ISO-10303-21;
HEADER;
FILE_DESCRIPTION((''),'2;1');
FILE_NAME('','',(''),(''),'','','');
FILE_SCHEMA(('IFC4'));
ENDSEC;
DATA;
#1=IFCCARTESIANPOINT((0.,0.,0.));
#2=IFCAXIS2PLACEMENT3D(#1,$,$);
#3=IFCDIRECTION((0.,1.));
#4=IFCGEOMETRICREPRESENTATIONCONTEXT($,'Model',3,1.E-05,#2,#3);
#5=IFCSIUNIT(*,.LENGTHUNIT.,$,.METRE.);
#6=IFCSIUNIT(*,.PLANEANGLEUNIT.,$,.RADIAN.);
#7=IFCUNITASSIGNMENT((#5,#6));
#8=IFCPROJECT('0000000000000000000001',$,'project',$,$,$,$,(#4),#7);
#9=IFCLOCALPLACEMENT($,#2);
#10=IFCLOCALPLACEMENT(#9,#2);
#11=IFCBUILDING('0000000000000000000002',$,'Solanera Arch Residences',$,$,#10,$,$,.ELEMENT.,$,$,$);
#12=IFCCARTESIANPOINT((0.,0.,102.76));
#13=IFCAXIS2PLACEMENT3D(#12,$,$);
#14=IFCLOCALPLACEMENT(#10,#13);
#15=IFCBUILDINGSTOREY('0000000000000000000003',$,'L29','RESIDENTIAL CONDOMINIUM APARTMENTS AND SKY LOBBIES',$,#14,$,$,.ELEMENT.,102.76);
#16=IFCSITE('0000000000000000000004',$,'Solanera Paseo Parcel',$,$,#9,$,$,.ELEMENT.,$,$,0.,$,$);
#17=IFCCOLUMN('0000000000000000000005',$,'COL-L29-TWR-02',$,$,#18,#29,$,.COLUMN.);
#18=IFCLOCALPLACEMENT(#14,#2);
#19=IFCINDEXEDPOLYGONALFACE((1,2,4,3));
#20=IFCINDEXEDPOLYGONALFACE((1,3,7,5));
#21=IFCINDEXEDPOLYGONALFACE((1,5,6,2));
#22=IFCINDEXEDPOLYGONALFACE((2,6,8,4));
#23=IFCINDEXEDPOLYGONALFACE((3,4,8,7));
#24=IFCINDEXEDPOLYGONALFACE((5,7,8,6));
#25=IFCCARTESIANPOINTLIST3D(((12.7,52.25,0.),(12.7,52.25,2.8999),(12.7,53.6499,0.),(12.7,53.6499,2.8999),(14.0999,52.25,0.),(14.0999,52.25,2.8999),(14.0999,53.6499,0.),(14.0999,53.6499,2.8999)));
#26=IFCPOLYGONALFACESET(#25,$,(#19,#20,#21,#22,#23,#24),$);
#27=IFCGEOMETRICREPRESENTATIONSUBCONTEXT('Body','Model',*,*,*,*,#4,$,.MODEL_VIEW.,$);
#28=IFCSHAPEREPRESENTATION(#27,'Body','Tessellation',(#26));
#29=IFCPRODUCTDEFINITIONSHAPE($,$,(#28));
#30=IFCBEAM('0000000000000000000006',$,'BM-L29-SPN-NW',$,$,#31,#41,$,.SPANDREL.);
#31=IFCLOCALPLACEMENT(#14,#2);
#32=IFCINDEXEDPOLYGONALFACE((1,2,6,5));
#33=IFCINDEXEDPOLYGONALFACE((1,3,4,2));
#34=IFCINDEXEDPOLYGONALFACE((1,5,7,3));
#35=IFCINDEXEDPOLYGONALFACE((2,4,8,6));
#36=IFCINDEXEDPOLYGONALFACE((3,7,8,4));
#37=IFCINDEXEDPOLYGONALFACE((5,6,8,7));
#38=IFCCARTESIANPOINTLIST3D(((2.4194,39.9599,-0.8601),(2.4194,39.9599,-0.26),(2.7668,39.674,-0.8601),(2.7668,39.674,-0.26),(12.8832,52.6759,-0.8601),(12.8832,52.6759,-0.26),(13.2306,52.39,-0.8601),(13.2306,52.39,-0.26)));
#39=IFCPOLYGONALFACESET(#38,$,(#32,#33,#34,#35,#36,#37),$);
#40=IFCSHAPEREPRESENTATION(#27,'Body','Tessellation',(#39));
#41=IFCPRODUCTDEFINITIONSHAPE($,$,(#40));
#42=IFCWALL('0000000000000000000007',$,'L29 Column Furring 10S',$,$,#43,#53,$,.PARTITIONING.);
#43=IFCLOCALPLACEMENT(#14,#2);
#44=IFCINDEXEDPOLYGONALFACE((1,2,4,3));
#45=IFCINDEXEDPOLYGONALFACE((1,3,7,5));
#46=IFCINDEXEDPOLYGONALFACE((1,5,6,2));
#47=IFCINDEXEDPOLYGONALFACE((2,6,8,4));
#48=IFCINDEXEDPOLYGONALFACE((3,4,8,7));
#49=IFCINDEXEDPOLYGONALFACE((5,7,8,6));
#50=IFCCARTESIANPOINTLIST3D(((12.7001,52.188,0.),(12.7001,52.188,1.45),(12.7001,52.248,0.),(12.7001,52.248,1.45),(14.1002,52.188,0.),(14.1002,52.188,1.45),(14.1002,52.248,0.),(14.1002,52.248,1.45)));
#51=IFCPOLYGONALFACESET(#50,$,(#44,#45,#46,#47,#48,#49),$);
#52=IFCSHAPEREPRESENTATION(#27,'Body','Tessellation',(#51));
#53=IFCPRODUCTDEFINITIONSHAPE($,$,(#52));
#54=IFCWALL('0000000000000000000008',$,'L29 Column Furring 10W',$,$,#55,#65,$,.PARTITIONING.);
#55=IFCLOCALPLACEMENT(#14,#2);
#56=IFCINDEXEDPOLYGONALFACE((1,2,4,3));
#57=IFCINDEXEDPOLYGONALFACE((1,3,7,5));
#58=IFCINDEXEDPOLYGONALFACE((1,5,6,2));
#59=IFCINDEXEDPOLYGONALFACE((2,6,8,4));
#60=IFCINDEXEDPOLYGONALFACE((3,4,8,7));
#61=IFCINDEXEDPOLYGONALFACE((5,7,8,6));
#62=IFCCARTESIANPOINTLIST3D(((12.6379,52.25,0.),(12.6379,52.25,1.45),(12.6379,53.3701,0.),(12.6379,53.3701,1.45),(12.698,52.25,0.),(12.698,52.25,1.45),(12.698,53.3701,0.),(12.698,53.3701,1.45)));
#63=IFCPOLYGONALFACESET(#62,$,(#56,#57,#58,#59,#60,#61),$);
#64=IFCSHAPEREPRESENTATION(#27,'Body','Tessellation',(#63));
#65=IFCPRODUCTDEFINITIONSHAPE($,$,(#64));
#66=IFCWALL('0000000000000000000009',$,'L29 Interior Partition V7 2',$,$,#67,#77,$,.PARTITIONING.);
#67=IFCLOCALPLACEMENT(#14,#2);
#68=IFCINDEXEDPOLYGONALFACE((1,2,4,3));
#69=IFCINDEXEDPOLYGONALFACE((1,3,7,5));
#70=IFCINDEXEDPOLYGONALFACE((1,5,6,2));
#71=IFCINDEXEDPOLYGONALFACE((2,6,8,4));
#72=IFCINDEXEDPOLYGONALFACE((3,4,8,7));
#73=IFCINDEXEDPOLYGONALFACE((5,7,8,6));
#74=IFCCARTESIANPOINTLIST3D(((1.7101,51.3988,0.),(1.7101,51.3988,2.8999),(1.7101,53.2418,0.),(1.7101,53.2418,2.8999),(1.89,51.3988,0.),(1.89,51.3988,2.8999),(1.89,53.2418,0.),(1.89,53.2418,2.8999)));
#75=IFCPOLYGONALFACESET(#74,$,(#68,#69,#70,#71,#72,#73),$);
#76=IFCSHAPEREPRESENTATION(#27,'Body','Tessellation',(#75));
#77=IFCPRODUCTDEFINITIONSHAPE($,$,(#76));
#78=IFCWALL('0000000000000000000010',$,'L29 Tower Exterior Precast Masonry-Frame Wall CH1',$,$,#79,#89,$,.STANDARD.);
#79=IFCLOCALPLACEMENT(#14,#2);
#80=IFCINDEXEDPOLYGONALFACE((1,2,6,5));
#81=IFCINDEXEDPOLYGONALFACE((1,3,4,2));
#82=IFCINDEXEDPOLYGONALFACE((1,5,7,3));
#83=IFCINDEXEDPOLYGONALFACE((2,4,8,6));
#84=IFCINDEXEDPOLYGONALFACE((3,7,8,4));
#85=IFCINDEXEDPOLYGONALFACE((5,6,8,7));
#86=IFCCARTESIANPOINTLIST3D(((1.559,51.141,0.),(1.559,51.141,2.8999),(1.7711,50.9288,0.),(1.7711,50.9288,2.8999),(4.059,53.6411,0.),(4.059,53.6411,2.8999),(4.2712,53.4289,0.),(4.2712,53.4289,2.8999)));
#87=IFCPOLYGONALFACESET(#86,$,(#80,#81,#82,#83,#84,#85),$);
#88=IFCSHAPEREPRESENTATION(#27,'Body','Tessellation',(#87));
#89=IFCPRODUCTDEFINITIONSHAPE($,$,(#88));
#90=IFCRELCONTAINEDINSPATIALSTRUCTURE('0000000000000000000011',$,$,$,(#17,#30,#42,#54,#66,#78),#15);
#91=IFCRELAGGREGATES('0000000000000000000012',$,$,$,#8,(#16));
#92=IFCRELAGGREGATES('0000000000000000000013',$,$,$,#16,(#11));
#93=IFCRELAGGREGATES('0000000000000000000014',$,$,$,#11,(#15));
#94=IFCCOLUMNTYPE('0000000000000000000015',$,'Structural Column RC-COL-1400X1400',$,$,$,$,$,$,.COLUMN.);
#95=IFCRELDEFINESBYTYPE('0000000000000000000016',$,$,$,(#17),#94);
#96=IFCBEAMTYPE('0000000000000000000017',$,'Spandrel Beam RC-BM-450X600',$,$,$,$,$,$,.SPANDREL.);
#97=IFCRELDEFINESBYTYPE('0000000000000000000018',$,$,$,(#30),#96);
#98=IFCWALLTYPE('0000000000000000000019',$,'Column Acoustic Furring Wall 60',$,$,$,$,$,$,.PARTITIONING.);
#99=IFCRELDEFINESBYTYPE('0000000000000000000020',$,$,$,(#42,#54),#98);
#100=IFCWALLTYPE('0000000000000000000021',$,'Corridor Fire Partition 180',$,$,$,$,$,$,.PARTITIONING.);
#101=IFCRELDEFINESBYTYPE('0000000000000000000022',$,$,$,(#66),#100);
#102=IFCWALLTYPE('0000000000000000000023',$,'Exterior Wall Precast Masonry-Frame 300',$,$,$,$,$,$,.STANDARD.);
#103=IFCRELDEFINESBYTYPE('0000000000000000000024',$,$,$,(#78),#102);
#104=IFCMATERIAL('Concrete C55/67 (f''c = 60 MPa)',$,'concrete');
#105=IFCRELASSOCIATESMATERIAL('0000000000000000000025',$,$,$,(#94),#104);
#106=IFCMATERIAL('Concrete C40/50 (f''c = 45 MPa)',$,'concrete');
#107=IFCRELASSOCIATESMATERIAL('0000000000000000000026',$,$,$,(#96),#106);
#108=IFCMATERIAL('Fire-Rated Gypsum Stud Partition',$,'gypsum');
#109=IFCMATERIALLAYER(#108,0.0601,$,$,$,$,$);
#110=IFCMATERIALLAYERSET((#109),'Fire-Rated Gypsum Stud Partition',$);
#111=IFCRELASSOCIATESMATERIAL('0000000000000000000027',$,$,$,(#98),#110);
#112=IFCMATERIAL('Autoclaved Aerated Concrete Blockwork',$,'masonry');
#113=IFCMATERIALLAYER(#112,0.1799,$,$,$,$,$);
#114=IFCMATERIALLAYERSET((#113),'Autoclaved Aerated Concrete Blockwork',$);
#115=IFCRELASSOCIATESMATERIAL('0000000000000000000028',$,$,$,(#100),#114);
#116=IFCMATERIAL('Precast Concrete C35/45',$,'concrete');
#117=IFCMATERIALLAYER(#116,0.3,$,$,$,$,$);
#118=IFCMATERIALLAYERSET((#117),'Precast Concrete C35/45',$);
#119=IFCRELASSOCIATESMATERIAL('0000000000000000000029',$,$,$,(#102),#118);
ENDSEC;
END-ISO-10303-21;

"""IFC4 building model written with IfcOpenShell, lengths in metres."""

from ifc_helpers import new_model, si_unit, direction, frame, frame_2d, origin, origin_2d, place, context, subcontext, project, spatial, rectangle, extrude, material, layer, layer_set, material_profile, profile_set, type_object, element, save


model = new_model("IFC4")

# Units and contexts
model_context = context("Model", 3, precision=1e-05, world=origin(), true_north=direction((0.0, 1.0)))
body_context = subcontext(model_context, "Body", "Model", "MODEL_VIEW")
ifc_project = project(units=[si_unit("LENGTHUNIT", "METRE"), si_unit("PLANEANGLEUNIT", "RADIAN")], contexts=[model_context])

# Site, building, storey
site_placement = place(None, origin())
site = spatial("IfcSite", under=ifc_project, at=site_placement, Name="Solanera Paseo Parcel", CompositionType="ELEMENT", RefElevation=0.0)
building_placement = place(site_placement, origin())
building = spatial("IfcBuilding", under=site, at=building_placement, Name="Solanera Arch Residences", CompositionType="ELEMENT")
storey_placement = place(building_placement, frame((0.0, 0.0, 102.76)))
storey = spatial("IfcBuildingStorey", under=building, at=storey_placement, Name="L29", Description="RESIDENTIAL CONDOMINIUM APARTMENTS AND SKY LOBBIES", CompositionType="ELEMENT", Elevation=102.76)

# Column
ifc_material_1 = material(Name="Concrete C55/67 (f'c = 60 MPa)", Category="concrete")
ifc_material_profile_1 = material_profile(ifc_material_1, rectangle(XDim=1.3999, YDim=1.3999, at=origin_2d()))
ifc_profile_set_1 = profile_set([ifc_material_profile_1], Name="Concrete C55/67 (f'c = 60 MPa)")
column_type = type_object("IfcColumnType", Name="Structural Column RC-COL-1400X1400", PredefinedType="COLUMN", material=ifc_profile_set_1)
column_placement = place(storey_placement, frame((13.3999, 52.95, 0.0), z_axis=(0.0, 0.0, 1.0), x_axis=(1.0, 0.0, 0.0)))
element("IfcColumn", 1, at=column_placement, inside=storey, type_object=column_type, Name="COL-L29-TWR-02", PredefinedType="COLUMN", context=body_context, shape_type="SweptSolid", body=[
    extrude(rectangle(XDim=1.3999, YDim=1.3999, at=origin_2d()), origin(), (0.0, 0.0, 1.0), 2.8999),
])

# Beam
ifc_material_2 = material(Name="Concrete C40/50 (f'c = 45 MPa)", Category="concrete")
ifc_material_profile_2 = material_profile(ifc_material_2, rectangle(XDim=0.45, YDim=0.6001, at=origin_2d()))
ifc_profile_set_2 = profile_set([ifc_material_profile_2], Name="Concrete C40/50 (f'c = 45 MPa)")
beam_type = type_object("IfcBeamType", Name="Spandrel Beam RC-BM-450X600", PredefinedType="SPANDREL", material=ifc_profile_set_2)
beam_placement = place(storey_placement, frame((13.0569, 52.533, -0.5601), z_axis=(-0.635411, -0.772174, 0.0), x_axis=(0.772174, -0.635411, 0.0)))
element("IfcBeam", 2, at=beam_placement, inside=storey, type_object=beam_type, Name="BM-L29-SPN-NW", PredefinedType="SPANDREL", context=body_context, shape_type="SweptSolid", body=[
    extrude(rectangle(XDim=0.45, YDim=0.6001, at=origin_2d()), origin(), (0.0, 0.0, 1.0), 16.4678),
])

# Walls
ifc_material_3 = material(Name="Fire-Rated Gypsum Stud Partition", Category="gypsum")
ifc_layer_1 = layer(ifc_material_3, 0.0601)
ifc_layer_set_1 = layer_set([ifc_layer_1], Name="Fire-Rated Gypsum Stud Partition")
wall_type_1 = type_object("IfcWallType", Name="Column Acoustic Furring Wall 60", PredefinedType="PARTITIONING", material=ifc_layer_set_1)
wall_1_placement = place(storey_placement, frame((12.7, 52.218, 0.0), z_axis=(0.0, 0.0, 1.0), x_axis=(1.0, 0.0, 0.0)))
element("IfcWall", 3, at=wall_1_placement, inside=storey, type_object=wall_type_1, Name="L29 Column Furring 10S", PredefinedType="PARTITIONING", context=body_context, shape_type="SweptSolid", body=[
    extrude(rectangle(XDim=1.4001, YDim=0.0601, at=frame_2d((0.7002, 0.0))), origin(), (0.0, 0.0, 1.0), 1.45),
])
wall_2_placement = place(storey_placement, frame((12.668, 52.25, 0.0), z_axis=(0.0, 0.0, 1.0), x_axis=(0.0, 1.0, 0.0)))
element("IfcWall", 4, at=wall_2_placement, inside=storey, type_object=wall_type_1, Name="L29 Column Furring 10W", PredefinedType="PARTITIONING", context=body_context, shape_type="SweptSolid", body=[
    extrude(rectangle(XDim=1.1201, YDim=0.0601, at=frame_2d((0.5601, 0.0))), origin(), (0.0, 0.0, 1.0), 1.45),
])
ifc_material_4 = material(Name="Autoclaved Aerated Concrete Blockwork", Category="masonry")
ifc_layer_2 = layer(ifc_material_4, 0.1799)
ifc_layer_set_2 = layer_set([ifc_layer_2], Name="Autoclaved Aerated Concrete Blockwork")
wall_type_2 = type_object("IfcWallType", Name="Corridor Fire Partition 180", PredefinedType="PARTITIONING", material=ifc_layer_set_2)
wall_3_placement = place(storey_placement, frame((1.8, 51.3989, 0.0), z_axis=(0.0, 0.0, 1.0), x_axis=(0.0, 1.0, 0.0)))
element("IfcWall", 5, at=wall_3_placement, inside=storey, type_object=wall_type_2, Name="L29 Interior Partition V7 2", PredefinedType="PARTITIONING", context=body_context, shape_type="SweptSolid", body=[
    extrude(rectangle(XDim=1.843, YDim=0.1799, at=frame_2d((0.9214, 0.0))), origin(), (0.0, 0.0, 1.0), 2.8999),
])
ifc_material_5 = material(Name="Precast Concrete C35/45", Category="concrete")
ifc_layer_3 = layer(ifc_material_5, 0.3)
ifc_layer_set_3 = layer_set([ifc_layer_3], Name="Precast Concrete C35/45")
wall_type_3 = type_object("IfcWallType", Name="Exterior Wall Precast Masonry-Frame 300", PredefinedType="STANDARD", material=ifc_layer_set_3)
wall_4_placement = place(storey_placement, frame((1.665, 51.0349, 0.0), z_axis=(0.0, 0.0, 1.0), x_axis=(0.707107, 0.707107, 0.0)))
element("IfcWall", 6, at=wall_4_placement, inside=storey, type_object=wall_type_3, Name="L29 Tower Exterior Precast Masonry-Frame Wall CH1", PredefinedType="STANDARD", context=body_context, shape_type="SweptSolid", body=[
    extrude(rectangle(XDim=3.5356, YDim=0.3, at=frame_2d((1.7678, 0.0))), origin(), (0.0, 0.0, 1.0), 2.8999),
])

save(model, "model.ifc")
